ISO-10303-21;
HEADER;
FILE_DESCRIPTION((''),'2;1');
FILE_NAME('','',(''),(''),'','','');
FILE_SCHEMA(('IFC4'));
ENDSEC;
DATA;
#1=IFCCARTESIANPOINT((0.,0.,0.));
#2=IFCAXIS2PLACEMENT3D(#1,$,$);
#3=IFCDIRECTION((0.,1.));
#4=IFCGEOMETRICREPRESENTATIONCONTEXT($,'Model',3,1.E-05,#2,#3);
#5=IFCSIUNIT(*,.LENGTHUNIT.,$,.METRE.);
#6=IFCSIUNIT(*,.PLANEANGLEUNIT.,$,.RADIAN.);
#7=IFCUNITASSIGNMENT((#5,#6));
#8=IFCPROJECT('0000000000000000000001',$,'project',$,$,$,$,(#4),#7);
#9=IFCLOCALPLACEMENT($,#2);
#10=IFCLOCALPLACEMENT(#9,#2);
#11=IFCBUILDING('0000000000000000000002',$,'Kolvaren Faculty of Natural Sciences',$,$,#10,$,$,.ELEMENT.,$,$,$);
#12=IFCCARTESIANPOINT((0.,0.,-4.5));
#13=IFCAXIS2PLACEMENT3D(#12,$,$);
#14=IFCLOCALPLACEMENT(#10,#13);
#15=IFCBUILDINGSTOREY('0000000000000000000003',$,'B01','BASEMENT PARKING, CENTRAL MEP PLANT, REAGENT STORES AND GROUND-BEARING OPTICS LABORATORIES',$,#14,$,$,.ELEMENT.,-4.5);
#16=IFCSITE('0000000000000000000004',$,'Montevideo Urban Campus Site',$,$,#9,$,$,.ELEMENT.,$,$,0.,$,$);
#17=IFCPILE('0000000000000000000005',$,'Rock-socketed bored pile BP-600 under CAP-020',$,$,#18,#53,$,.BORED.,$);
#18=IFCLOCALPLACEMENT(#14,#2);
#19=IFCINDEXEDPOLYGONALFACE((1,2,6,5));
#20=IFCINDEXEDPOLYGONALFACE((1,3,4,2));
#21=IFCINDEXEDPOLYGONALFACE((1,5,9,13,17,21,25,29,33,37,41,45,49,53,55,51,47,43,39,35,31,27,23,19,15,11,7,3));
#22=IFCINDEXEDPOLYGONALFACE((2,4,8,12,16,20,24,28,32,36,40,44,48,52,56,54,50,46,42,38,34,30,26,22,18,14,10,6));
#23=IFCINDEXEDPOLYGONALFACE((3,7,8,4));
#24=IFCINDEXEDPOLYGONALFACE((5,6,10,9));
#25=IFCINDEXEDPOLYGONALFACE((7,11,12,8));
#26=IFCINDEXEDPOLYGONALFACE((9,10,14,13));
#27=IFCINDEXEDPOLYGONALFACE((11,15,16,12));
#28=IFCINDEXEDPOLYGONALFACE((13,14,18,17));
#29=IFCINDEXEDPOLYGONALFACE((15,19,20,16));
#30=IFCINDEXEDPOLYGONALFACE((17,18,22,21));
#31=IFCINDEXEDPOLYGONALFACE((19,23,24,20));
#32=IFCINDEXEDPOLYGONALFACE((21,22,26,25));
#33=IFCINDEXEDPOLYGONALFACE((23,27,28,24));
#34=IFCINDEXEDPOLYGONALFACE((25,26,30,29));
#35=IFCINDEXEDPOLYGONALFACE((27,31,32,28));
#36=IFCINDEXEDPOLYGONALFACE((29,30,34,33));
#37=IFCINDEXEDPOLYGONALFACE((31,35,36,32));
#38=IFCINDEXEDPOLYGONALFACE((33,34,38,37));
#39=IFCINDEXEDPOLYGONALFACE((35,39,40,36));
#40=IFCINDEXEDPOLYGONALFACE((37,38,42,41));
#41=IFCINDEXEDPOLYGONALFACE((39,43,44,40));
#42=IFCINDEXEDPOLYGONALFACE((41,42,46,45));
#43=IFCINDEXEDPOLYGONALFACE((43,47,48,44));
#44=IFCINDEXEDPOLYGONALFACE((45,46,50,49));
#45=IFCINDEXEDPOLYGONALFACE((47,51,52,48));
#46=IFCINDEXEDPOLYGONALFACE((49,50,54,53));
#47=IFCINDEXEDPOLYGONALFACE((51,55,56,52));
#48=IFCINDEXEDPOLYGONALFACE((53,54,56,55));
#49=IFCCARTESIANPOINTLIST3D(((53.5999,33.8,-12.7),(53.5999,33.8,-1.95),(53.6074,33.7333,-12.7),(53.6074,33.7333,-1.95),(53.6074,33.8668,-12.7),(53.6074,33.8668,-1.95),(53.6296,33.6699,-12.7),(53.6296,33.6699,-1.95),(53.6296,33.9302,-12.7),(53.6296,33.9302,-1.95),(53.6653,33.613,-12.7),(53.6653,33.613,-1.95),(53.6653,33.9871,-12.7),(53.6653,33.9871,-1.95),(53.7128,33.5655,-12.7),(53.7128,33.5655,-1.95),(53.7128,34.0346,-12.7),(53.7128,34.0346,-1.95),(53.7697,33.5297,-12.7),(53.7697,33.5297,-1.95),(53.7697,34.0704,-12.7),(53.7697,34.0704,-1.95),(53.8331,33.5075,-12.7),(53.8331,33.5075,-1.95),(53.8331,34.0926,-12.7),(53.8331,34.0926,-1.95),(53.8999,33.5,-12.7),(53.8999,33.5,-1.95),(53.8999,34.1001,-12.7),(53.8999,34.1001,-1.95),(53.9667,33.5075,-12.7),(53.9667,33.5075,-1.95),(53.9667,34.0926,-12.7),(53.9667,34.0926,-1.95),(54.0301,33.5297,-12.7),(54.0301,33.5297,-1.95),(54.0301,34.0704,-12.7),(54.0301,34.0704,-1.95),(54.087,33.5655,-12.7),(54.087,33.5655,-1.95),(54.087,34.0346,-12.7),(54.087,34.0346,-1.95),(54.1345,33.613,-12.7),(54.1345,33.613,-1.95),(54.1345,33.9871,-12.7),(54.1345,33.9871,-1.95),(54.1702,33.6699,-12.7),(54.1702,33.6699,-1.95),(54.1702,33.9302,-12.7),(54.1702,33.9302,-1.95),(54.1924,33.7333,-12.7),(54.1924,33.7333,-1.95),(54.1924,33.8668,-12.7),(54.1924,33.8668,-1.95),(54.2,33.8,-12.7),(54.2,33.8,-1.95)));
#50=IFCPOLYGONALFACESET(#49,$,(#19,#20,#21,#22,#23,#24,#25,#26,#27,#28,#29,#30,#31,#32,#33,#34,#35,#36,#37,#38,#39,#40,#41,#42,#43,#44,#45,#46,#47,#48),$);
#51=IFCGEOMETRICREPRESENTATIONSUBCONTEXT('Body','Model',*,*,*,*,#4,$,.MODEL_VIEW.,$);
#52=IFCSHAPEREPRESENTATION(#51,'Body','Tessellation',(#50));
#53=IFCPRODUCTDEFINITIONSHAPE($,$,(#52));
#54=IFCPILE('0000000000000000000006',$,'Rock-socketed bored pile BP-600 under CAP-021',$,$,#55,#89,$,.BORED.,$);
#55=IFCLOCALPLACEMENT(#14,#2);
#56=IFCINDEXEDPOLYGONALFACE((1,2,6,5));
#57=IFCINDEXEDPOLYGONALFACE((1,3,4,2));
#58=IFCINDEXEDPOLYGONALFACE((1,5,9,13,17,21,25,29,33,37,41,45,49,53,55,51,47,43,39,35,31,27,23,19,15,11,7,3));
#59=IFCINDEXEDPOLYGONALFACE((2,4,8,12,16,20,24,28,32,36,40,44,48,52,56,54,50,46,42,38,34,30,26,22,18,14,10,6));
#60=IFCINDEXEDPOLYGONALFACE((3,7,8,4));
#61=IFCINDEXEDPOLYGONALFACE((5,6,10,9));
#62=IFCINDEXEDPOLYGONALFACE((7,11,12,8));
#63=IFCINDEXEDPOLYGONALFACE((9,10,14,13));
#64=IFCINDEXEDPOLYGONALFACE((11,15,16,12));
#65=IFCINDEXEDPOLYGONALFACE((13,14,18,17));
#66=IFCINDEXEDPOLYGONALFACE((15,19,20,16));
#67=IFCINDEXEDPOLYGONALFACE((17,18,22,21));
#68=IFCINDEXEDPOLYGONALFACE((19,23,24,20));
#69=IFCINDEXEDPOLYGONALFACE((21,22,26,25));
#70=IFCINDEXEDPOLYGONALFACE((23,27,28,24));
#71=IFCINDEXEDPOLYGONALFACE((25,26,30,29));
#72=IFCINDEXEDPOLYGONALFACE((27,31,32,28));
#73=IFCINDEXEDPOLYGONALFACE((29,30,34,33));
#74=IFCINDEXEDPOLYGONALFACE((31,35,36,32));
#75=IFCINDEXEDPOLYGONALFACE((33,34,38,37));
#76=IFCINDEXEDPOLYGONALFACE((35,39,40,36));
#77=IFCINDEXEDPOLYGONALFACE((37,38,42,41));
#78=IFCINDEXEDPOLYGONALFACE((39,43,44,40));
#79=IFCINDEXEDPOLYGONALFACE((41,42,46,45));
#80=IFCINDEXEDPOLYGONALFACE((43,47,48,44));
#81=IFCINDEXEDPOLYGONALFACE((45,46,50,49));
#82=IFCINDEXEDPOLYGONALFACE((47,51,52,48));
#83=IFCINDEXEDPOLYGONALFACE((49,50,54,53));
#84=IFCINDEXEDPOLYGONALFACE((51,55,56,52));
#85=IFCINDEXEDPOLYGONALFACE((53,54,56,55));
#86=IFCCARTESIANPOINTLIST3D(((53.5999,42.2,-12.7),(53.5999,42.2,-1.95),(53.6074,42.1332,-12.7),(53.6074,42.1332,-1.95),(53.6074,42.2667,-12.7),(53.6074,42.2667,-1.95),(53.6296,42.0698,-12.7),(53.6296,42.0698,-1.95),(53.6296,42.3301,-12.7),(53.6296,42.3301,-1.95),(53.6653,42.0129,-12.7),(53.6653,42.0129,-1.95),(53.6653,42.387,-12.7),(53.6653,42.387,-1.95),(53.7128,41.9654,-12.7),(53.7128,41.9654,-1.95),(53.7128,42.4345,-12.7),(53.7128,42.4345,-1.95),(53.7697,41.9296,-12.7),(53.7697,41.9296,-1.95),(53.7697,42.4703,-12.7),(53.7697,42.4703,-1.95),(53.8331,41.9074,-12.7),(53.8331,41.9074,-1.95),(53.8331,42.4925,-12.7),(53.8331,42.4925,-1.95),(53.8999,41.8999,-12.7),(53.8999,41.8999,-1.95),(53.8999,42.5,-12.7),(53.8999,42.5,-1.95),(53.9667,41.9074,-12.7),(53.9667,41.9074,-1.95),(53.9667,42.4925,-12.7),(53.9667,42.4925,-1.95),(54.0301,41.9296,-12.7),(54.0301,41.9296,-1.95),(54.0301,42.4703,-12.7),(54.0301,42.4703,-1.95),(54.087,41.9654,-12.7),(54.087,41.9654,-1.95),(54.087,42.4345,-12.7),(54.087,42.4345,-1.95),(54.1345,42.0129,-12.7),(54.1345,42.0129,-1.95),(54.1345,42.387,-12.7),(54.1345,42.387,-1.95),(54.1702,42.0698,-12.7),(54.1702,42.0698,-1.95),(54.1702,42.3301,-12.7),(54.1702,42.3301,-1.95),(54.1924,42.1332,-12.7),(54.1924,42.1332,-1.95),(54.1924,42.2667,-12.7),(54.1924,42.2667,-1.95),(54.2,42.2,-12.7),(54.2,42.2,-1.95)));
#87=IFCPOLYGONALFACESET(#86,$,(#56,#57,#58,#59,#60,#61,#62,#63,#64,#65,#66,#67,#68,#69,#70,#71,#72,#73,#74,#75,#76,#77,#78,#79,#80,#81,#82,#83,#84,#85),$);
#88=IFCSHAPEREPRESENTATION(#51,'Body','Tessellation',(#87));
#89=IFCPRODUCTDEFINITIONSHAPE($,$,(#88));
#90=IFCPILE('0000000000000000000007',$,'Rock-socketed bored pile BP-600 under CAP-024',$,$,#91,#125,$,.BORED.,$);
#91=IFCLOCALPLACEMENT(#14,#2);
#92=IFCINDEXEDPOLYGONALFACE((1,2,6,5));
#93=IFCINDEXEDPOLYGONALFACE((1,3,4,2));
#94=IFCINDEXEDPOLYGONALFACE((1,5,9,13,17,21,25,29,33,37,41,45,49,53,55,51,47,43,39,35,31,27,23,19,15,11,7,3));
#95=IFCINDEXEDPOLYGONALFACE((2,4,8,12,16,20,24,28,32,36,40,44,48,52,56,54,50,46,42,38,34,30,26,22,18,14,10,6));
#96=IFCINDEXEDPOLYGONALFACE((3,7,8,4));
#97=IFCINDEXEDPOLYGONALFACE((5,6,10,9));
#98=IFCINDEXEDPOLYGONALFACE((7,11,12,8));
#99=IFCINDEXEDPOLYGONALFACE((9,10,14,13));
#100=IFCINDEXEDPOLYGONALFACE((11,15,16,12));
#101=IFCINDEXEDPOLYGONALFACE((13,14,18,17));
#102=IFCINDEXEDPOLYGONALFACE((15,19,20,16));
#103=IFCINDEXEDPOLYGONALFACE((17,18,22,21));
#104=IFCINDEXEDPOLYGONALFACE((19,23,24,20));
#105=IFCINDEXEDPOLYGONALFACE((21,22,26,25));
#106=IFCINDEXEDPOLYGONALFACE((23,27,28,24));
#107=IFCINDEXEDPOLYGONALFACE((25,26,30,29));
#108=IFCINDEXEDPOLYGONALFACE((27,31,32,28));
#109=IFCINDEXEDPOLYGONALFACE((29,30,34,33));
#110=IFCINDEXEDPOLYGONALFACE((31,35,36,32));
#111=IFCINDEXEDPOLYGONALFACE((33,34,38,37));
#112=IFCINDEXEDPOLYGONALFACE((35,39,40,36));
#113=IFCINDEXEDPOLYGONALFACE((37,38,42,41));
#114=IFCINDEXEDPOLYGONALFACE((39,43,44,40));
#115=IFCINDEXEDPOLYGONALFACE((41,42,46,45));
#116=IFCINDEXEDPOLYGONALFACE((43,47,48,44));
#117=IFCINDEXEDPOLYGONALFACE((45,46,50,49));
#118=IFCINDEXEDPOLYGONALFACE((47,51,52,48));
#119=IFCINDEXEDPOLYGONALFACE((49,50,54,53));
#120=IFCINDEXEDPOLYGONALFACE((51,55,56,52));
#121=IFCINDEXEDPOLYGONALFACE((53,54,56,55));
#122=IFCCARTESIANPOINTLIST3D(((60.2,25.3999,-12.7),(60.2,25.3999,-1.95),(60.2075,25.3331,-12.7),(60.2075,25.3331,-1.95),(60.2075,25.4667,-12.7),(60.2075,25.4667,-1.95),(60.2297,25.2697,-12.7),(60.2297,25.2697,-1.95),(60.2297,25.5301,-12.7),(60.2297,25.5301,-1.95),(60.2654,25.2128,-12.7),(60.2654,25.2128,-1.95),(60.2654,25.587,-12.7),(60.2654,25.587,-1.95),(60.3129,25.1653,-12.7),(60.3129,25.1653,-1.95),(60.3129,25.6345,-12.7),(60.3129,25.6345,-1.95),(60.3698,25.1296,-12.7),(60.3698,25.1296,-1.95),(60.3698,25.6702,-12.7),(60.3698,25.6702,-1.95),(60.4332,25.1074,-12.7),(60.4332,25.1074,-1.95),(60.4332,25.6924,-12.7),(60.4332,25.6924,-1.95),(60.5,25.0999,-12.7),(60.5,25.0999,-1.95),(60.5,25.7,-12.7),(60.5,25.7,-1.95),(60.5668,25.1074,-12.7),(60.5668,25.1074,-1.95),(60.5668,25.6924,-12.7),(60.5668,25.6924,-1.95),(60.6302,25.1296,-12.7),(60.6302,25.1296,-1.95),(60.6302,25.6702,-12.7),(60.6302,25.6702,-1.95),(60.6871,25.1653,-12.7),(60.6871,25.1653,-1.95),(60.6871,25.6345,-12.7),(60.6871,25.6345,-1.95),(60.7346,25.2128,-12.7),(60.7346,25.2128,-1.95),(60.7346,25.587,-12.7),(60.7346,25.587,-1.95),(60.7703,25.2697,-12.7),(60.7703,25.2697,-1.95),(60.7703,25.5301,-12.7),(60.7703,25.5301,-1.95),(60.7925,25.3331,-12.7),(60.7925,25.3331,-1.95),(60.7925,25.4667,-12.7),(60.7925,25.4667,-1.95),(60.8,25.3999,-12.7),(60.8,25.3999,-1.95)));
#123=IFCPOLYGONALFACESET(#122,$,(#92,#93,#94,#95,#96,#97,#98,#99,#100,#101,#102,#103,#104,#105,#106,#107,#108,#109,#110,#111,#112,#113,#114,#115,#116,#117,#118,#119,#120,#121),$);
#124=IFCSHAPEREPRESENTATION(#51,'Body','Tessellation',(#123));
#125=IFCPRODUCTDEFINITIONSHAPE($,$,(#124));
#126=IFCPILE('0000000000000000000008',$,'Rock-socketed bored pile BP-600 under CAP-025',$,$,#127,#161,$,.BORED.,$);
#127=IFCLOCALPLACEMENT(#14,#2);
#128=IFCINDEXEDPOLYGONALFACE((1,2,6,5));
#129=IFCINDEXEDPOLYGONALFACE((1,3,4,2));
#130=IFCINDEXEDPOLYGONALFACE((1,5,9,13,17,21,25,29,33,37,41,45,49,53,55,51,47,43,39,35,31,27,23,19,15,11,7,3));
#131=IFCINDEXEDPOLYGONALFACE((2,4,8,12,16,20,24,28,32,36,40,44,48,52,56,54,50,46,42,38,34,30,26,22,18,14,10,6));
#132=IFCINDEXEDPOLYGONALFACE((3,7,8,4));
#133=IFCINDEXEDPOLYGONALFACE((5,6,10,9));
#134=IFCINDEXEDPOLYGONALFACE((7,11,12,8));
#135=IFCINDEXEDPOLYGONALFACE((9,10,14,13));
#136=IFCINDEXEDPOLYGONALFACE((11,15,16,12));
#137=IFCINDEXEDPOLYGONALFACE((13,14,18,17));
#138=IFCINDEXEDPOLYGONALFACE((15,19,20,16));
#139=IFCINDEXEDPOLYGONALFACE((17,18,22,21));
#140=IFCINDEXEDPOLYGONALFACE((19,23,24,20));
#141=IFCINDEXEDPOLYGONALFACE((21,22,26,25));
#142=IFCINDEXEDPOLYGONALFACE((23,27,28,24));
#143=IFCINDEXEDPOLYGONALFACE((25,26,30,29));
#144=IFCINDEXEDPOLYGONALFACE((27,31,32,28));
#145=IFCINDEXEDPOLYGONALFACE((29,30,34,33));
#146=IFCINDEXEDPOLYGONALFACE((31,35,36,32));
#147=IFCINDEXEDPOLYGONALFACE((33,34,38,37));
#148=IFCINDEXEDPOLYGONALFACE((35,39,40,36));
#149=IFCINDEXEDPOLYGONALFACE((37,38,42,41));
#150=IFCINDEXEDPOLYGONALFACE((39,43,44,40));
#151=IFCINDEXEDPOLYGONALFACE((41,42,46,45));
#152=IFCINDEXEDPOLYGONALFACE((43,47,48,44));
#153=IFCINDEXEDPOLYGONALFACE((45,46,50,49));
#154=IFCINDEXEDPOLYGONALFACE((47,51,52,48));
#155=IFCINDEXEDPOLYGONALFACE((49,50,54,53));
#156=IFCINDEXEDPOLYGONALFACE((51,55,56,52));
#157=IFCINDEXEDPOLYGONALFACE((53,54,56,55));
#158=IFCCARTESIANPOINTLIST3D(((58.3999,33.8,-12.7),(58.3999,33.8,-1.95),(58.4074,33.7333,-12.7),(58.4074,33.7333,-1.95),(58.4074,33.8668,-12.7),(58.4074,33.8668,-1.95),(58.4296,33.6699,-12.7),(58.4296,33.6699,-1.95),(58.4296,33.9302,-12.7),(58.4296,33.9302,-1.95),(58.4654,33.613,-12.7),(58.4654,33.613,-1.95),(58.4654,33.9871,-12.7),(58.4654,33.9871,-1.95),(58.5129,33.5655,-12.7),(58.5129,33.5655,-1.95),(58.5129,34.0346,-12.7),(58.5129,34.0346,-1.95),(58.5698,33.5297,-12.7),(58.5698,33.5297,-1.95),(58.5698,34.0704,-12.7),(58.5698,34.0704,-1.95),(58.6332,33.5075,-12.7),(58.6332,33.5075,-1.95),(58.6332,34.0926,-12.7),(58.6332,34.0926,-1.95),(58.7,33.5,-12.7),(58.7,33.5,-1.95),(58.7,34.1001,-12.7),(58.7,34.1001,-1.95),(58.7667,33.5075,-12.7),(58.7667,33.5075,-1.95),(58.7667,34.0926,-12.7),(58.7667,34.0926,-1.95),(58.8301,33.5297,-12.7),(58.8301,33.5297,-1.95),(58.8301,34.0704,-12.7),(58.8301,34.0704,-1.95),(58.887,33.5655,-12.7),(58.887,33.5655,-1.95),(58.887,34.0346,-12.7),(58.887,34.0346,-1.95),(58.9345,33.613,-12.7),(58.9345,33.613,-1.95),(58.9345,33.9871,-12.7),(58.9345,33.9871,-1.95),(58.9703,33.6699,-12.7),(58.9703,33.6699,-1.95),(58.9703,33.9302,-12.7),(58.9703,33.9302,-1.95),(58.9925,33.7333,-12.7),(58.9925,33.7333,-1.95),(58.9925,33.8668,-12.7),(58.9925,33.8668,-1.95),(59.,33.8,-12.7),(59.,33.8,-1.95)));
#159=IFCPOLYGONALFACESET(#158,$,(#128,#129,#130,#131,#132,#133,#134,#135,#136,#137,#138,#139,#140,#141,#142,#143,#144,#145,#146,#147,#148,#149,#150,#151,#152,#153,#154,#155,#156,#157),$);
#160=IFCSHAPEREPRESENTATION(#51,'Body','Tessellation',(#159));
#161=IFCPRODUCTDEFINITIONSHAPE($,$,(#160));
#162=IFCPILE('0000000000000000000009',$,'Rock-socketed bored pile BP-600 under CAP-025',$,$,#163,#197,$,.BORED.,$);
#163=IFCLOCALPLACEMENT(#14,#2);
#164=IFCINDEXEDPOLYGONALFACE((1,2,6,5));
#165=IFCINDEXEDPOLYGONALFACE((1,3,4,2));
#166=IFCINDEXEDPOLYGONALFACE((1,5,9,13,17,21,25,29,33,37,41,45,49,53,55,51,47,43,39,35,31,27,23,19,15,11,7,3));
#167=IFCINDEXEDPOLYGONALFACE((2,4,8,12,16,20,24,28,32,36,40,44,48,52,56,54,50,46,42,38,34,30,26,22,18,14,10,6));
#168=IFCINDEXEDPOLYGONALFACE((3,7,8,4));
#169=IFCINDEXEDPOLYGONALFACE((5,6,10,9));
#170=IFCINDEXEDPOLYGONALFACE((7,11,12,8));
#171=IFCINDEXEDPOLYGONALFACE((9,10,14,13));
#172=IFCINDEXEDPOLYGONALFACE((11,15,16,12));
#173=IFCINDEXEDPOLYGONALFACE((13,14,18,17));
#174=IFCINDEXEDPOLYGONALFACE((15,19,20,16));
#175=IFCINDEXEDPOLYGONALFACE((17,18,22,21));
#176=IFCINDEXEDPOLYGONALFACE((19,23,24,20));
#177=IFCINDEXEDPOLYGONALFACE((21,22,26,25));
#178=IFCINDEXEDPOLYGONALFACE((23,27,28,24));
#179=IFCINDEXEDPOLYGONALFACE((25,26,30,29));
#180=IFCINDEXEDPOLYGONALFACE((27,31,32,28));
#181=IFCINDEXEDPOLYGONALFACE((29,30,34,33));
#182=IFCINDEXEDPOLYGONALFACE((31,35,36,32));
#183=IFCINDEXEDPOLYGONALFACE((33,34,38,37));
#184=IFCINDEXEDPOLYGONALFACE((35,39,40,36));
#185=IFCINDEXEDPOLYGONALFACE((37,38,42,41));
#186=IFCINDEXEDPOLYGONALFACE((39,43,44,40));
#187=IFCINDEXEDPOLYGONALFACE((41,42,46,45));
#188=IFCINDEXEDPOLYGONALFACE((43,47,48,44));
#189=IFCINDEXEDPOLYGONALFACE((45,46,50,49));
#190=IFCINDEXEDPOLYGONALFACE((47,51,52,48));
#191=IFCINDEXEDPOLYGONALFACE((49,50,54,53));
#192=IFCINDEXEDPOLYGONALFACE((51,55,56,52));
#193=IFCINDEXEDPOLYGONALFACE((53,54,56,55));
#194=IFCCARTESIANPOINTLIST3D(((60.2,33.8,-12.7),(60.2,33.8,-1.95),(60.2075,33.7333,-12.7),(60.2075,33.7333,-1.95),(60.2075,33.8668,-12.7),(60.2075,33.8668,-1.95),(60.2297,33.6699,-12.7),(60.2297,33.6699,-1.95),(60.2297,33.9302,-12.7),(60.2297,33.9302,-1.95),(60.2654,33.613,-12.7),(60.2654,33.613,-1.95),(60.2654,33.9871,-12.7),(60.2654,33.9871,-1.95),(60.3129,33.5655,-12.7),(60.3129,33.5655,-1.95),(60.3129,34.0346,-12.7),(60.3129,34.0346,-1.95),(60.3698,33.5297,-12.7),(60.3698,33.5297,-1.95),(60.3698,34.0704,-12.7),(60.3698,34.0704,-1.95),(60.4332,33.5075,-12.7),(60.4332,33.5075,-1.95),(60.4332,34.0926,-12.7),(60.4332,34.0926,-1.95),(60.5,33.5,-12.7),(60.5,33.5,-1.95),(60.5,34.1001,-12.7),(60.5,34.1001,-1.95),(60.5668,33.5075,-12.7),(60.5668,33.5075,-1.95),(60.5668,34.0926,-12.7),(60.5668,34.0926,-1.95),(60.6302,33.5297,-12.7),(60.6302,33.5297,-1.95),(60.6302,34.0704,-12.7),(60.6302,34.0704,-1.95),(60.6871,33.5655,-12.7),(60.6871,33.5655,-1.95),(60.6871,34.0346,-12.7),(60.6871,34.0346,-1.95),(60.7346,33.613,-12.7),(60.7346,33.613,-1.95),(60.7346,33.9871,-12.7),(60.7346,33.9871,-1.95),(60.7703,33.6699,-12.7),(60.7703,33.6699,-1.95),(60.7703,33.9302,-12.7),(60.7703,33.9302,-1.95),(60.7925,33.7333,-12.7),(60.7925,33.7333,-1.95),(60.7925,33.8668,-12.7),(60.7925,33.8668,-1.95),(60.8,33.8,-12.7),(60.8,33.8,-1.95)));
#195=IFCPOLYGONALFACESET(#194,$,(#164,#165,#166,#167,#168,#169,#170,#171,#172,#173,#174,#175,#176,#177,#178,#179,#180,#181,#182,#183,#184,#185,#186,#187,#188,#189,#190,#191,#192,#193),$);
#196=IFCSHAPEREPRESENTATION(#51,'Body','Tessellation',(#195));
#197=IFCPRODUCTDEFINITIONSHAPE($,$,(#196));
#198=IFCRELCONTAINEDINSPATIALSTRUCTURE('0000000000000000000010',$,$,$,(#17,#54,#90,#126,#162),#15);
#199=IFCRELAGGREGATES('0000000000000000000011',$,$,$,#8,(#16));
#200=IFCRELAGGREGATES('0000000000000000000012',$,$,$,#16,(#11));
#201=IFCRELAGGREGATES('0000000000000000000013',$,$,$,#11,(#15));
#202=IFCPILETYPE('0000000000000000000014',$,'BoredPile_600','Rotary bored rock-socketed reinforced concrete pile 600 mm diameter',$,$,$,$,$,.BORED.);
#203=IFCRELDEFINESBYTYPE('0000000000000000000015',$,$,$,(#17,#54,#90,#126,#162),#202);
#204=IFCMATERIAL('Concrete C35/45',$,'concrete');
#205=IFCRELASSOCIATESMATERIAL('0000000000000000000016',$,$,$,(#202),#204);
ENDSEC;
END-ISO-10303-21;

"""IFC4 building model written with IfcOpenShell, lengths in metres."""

from ifc_helpers import new_model, si_unit, direction, frame, origin, origin_2d, place, context, subcontext, project, spatial, circle, extrude, material, material_profile, profile_set, type_object, element, save


model = new_model("IFC4")

# Units and contexts
model_context = context("Model", 3, precision=1e-05, world=origin(), true_north=direction((0.0, 1.0)))
body_context = subcontext(model_context, "Body", "Model", "MODEL_VIEW")
ifc_project = project(units=[si_unit("LENGTHUNIT", "METRE"), si_unit("PLANEANGLEUNIT", "RADIAN")], contexts=[model_context])

# Site, building, storey
site_placement = place(None, origin())
site = spatial("IfcSite", under=ifc_project, at=site_placement, Name="Montevideo Urban Campus Site", CompositionType="ELEMENT", RefElevation=0.0)
building_placement = place(site_placement, origin())
building = spatial("IfcBuilding", under=site, at=building_placement, Name="Kolvaren Faculty of Natural Sciences", CompositionType="ELEMENT")
storey_placement = place(building_placement, frame((0.0, 0.0, -4.5)))
storey = spatial("IfcBuildingStorey", under=building, at=storey_placement, Name="B01", Description="BASEMENT PARKING, CENTRAL MEP PLANT, REAGENT STORES AND GROUND-BEARING OPTICS LABORATORIES", CompositionType="ELEMENT", Elevation=-4.5)

# Piles
ifc_material = material(Name="Concrete C35/45", Category="concrete")
ifc_material_profile_1 = material_profile(ifc_material, circle(Radius=0.3, at=origin_2d()), Name="PILE D600")
ifc_profile_set_1 = profile_set([ifc_material_profile_1], Name="Concrete C35/45")
pile_type = type_object("IfcPileType", Name="BoredPile_600", Description="Rotary bored rock-socketed reinforced concrete pile 600 mm diameter", PredefinedType="BORED", material=ifc_profile_set_1)
for number, where, z_axis, x_axis, name in (
    (1, (53.8999, 33.8, -1.95), (0.0, 0.0, -1.0), (1.0, 0.0, 0.0), "Rock-socketed bored pile BP-600 under CAP-020"),
    (2, (53.8999, 42.2, -1.95), (0.0, 0.0, -1.0), (1.0, 0.0, 0.0), "Rock-socketed bored pile BP-600 under CAP-021"),
    (3, (60.5, 25.3999, -1.95), (0.0, 0.0, -1.0), (1.0, 0.0, 0.0), "Rock-socketed bored pile BP-600 under CAP-024"),
    (4, (58.7, 33.8, -1.95), (0.0, 0.0, -1.0), (1.0, 0.0, 0.0), "Rock-socketed bored pile BP-600 under CAP-025"),
    (5, (60.5, 33.8, -1.95), (0.0, 0.0, -1.0), (1.0, 0.0, 0.0), "Rock-socketed bored pile BP-600 under CAP-025"),
):
    element("IfcPile", number, at=place(storey_placement, frame(where, z_axis=z_axis, x_axis=x_axis)), inside=storey, type_object=pile_type, Name=name, PredefinedType="BORED", context=body_context, shape_type="SweptSolid", body=[
        extrude(circle(Radius=0.3, at=origin_2d()), origin(), (0.0, 0.0, 1.0), 10.75),
    ])

save(model, "model.ifc")
